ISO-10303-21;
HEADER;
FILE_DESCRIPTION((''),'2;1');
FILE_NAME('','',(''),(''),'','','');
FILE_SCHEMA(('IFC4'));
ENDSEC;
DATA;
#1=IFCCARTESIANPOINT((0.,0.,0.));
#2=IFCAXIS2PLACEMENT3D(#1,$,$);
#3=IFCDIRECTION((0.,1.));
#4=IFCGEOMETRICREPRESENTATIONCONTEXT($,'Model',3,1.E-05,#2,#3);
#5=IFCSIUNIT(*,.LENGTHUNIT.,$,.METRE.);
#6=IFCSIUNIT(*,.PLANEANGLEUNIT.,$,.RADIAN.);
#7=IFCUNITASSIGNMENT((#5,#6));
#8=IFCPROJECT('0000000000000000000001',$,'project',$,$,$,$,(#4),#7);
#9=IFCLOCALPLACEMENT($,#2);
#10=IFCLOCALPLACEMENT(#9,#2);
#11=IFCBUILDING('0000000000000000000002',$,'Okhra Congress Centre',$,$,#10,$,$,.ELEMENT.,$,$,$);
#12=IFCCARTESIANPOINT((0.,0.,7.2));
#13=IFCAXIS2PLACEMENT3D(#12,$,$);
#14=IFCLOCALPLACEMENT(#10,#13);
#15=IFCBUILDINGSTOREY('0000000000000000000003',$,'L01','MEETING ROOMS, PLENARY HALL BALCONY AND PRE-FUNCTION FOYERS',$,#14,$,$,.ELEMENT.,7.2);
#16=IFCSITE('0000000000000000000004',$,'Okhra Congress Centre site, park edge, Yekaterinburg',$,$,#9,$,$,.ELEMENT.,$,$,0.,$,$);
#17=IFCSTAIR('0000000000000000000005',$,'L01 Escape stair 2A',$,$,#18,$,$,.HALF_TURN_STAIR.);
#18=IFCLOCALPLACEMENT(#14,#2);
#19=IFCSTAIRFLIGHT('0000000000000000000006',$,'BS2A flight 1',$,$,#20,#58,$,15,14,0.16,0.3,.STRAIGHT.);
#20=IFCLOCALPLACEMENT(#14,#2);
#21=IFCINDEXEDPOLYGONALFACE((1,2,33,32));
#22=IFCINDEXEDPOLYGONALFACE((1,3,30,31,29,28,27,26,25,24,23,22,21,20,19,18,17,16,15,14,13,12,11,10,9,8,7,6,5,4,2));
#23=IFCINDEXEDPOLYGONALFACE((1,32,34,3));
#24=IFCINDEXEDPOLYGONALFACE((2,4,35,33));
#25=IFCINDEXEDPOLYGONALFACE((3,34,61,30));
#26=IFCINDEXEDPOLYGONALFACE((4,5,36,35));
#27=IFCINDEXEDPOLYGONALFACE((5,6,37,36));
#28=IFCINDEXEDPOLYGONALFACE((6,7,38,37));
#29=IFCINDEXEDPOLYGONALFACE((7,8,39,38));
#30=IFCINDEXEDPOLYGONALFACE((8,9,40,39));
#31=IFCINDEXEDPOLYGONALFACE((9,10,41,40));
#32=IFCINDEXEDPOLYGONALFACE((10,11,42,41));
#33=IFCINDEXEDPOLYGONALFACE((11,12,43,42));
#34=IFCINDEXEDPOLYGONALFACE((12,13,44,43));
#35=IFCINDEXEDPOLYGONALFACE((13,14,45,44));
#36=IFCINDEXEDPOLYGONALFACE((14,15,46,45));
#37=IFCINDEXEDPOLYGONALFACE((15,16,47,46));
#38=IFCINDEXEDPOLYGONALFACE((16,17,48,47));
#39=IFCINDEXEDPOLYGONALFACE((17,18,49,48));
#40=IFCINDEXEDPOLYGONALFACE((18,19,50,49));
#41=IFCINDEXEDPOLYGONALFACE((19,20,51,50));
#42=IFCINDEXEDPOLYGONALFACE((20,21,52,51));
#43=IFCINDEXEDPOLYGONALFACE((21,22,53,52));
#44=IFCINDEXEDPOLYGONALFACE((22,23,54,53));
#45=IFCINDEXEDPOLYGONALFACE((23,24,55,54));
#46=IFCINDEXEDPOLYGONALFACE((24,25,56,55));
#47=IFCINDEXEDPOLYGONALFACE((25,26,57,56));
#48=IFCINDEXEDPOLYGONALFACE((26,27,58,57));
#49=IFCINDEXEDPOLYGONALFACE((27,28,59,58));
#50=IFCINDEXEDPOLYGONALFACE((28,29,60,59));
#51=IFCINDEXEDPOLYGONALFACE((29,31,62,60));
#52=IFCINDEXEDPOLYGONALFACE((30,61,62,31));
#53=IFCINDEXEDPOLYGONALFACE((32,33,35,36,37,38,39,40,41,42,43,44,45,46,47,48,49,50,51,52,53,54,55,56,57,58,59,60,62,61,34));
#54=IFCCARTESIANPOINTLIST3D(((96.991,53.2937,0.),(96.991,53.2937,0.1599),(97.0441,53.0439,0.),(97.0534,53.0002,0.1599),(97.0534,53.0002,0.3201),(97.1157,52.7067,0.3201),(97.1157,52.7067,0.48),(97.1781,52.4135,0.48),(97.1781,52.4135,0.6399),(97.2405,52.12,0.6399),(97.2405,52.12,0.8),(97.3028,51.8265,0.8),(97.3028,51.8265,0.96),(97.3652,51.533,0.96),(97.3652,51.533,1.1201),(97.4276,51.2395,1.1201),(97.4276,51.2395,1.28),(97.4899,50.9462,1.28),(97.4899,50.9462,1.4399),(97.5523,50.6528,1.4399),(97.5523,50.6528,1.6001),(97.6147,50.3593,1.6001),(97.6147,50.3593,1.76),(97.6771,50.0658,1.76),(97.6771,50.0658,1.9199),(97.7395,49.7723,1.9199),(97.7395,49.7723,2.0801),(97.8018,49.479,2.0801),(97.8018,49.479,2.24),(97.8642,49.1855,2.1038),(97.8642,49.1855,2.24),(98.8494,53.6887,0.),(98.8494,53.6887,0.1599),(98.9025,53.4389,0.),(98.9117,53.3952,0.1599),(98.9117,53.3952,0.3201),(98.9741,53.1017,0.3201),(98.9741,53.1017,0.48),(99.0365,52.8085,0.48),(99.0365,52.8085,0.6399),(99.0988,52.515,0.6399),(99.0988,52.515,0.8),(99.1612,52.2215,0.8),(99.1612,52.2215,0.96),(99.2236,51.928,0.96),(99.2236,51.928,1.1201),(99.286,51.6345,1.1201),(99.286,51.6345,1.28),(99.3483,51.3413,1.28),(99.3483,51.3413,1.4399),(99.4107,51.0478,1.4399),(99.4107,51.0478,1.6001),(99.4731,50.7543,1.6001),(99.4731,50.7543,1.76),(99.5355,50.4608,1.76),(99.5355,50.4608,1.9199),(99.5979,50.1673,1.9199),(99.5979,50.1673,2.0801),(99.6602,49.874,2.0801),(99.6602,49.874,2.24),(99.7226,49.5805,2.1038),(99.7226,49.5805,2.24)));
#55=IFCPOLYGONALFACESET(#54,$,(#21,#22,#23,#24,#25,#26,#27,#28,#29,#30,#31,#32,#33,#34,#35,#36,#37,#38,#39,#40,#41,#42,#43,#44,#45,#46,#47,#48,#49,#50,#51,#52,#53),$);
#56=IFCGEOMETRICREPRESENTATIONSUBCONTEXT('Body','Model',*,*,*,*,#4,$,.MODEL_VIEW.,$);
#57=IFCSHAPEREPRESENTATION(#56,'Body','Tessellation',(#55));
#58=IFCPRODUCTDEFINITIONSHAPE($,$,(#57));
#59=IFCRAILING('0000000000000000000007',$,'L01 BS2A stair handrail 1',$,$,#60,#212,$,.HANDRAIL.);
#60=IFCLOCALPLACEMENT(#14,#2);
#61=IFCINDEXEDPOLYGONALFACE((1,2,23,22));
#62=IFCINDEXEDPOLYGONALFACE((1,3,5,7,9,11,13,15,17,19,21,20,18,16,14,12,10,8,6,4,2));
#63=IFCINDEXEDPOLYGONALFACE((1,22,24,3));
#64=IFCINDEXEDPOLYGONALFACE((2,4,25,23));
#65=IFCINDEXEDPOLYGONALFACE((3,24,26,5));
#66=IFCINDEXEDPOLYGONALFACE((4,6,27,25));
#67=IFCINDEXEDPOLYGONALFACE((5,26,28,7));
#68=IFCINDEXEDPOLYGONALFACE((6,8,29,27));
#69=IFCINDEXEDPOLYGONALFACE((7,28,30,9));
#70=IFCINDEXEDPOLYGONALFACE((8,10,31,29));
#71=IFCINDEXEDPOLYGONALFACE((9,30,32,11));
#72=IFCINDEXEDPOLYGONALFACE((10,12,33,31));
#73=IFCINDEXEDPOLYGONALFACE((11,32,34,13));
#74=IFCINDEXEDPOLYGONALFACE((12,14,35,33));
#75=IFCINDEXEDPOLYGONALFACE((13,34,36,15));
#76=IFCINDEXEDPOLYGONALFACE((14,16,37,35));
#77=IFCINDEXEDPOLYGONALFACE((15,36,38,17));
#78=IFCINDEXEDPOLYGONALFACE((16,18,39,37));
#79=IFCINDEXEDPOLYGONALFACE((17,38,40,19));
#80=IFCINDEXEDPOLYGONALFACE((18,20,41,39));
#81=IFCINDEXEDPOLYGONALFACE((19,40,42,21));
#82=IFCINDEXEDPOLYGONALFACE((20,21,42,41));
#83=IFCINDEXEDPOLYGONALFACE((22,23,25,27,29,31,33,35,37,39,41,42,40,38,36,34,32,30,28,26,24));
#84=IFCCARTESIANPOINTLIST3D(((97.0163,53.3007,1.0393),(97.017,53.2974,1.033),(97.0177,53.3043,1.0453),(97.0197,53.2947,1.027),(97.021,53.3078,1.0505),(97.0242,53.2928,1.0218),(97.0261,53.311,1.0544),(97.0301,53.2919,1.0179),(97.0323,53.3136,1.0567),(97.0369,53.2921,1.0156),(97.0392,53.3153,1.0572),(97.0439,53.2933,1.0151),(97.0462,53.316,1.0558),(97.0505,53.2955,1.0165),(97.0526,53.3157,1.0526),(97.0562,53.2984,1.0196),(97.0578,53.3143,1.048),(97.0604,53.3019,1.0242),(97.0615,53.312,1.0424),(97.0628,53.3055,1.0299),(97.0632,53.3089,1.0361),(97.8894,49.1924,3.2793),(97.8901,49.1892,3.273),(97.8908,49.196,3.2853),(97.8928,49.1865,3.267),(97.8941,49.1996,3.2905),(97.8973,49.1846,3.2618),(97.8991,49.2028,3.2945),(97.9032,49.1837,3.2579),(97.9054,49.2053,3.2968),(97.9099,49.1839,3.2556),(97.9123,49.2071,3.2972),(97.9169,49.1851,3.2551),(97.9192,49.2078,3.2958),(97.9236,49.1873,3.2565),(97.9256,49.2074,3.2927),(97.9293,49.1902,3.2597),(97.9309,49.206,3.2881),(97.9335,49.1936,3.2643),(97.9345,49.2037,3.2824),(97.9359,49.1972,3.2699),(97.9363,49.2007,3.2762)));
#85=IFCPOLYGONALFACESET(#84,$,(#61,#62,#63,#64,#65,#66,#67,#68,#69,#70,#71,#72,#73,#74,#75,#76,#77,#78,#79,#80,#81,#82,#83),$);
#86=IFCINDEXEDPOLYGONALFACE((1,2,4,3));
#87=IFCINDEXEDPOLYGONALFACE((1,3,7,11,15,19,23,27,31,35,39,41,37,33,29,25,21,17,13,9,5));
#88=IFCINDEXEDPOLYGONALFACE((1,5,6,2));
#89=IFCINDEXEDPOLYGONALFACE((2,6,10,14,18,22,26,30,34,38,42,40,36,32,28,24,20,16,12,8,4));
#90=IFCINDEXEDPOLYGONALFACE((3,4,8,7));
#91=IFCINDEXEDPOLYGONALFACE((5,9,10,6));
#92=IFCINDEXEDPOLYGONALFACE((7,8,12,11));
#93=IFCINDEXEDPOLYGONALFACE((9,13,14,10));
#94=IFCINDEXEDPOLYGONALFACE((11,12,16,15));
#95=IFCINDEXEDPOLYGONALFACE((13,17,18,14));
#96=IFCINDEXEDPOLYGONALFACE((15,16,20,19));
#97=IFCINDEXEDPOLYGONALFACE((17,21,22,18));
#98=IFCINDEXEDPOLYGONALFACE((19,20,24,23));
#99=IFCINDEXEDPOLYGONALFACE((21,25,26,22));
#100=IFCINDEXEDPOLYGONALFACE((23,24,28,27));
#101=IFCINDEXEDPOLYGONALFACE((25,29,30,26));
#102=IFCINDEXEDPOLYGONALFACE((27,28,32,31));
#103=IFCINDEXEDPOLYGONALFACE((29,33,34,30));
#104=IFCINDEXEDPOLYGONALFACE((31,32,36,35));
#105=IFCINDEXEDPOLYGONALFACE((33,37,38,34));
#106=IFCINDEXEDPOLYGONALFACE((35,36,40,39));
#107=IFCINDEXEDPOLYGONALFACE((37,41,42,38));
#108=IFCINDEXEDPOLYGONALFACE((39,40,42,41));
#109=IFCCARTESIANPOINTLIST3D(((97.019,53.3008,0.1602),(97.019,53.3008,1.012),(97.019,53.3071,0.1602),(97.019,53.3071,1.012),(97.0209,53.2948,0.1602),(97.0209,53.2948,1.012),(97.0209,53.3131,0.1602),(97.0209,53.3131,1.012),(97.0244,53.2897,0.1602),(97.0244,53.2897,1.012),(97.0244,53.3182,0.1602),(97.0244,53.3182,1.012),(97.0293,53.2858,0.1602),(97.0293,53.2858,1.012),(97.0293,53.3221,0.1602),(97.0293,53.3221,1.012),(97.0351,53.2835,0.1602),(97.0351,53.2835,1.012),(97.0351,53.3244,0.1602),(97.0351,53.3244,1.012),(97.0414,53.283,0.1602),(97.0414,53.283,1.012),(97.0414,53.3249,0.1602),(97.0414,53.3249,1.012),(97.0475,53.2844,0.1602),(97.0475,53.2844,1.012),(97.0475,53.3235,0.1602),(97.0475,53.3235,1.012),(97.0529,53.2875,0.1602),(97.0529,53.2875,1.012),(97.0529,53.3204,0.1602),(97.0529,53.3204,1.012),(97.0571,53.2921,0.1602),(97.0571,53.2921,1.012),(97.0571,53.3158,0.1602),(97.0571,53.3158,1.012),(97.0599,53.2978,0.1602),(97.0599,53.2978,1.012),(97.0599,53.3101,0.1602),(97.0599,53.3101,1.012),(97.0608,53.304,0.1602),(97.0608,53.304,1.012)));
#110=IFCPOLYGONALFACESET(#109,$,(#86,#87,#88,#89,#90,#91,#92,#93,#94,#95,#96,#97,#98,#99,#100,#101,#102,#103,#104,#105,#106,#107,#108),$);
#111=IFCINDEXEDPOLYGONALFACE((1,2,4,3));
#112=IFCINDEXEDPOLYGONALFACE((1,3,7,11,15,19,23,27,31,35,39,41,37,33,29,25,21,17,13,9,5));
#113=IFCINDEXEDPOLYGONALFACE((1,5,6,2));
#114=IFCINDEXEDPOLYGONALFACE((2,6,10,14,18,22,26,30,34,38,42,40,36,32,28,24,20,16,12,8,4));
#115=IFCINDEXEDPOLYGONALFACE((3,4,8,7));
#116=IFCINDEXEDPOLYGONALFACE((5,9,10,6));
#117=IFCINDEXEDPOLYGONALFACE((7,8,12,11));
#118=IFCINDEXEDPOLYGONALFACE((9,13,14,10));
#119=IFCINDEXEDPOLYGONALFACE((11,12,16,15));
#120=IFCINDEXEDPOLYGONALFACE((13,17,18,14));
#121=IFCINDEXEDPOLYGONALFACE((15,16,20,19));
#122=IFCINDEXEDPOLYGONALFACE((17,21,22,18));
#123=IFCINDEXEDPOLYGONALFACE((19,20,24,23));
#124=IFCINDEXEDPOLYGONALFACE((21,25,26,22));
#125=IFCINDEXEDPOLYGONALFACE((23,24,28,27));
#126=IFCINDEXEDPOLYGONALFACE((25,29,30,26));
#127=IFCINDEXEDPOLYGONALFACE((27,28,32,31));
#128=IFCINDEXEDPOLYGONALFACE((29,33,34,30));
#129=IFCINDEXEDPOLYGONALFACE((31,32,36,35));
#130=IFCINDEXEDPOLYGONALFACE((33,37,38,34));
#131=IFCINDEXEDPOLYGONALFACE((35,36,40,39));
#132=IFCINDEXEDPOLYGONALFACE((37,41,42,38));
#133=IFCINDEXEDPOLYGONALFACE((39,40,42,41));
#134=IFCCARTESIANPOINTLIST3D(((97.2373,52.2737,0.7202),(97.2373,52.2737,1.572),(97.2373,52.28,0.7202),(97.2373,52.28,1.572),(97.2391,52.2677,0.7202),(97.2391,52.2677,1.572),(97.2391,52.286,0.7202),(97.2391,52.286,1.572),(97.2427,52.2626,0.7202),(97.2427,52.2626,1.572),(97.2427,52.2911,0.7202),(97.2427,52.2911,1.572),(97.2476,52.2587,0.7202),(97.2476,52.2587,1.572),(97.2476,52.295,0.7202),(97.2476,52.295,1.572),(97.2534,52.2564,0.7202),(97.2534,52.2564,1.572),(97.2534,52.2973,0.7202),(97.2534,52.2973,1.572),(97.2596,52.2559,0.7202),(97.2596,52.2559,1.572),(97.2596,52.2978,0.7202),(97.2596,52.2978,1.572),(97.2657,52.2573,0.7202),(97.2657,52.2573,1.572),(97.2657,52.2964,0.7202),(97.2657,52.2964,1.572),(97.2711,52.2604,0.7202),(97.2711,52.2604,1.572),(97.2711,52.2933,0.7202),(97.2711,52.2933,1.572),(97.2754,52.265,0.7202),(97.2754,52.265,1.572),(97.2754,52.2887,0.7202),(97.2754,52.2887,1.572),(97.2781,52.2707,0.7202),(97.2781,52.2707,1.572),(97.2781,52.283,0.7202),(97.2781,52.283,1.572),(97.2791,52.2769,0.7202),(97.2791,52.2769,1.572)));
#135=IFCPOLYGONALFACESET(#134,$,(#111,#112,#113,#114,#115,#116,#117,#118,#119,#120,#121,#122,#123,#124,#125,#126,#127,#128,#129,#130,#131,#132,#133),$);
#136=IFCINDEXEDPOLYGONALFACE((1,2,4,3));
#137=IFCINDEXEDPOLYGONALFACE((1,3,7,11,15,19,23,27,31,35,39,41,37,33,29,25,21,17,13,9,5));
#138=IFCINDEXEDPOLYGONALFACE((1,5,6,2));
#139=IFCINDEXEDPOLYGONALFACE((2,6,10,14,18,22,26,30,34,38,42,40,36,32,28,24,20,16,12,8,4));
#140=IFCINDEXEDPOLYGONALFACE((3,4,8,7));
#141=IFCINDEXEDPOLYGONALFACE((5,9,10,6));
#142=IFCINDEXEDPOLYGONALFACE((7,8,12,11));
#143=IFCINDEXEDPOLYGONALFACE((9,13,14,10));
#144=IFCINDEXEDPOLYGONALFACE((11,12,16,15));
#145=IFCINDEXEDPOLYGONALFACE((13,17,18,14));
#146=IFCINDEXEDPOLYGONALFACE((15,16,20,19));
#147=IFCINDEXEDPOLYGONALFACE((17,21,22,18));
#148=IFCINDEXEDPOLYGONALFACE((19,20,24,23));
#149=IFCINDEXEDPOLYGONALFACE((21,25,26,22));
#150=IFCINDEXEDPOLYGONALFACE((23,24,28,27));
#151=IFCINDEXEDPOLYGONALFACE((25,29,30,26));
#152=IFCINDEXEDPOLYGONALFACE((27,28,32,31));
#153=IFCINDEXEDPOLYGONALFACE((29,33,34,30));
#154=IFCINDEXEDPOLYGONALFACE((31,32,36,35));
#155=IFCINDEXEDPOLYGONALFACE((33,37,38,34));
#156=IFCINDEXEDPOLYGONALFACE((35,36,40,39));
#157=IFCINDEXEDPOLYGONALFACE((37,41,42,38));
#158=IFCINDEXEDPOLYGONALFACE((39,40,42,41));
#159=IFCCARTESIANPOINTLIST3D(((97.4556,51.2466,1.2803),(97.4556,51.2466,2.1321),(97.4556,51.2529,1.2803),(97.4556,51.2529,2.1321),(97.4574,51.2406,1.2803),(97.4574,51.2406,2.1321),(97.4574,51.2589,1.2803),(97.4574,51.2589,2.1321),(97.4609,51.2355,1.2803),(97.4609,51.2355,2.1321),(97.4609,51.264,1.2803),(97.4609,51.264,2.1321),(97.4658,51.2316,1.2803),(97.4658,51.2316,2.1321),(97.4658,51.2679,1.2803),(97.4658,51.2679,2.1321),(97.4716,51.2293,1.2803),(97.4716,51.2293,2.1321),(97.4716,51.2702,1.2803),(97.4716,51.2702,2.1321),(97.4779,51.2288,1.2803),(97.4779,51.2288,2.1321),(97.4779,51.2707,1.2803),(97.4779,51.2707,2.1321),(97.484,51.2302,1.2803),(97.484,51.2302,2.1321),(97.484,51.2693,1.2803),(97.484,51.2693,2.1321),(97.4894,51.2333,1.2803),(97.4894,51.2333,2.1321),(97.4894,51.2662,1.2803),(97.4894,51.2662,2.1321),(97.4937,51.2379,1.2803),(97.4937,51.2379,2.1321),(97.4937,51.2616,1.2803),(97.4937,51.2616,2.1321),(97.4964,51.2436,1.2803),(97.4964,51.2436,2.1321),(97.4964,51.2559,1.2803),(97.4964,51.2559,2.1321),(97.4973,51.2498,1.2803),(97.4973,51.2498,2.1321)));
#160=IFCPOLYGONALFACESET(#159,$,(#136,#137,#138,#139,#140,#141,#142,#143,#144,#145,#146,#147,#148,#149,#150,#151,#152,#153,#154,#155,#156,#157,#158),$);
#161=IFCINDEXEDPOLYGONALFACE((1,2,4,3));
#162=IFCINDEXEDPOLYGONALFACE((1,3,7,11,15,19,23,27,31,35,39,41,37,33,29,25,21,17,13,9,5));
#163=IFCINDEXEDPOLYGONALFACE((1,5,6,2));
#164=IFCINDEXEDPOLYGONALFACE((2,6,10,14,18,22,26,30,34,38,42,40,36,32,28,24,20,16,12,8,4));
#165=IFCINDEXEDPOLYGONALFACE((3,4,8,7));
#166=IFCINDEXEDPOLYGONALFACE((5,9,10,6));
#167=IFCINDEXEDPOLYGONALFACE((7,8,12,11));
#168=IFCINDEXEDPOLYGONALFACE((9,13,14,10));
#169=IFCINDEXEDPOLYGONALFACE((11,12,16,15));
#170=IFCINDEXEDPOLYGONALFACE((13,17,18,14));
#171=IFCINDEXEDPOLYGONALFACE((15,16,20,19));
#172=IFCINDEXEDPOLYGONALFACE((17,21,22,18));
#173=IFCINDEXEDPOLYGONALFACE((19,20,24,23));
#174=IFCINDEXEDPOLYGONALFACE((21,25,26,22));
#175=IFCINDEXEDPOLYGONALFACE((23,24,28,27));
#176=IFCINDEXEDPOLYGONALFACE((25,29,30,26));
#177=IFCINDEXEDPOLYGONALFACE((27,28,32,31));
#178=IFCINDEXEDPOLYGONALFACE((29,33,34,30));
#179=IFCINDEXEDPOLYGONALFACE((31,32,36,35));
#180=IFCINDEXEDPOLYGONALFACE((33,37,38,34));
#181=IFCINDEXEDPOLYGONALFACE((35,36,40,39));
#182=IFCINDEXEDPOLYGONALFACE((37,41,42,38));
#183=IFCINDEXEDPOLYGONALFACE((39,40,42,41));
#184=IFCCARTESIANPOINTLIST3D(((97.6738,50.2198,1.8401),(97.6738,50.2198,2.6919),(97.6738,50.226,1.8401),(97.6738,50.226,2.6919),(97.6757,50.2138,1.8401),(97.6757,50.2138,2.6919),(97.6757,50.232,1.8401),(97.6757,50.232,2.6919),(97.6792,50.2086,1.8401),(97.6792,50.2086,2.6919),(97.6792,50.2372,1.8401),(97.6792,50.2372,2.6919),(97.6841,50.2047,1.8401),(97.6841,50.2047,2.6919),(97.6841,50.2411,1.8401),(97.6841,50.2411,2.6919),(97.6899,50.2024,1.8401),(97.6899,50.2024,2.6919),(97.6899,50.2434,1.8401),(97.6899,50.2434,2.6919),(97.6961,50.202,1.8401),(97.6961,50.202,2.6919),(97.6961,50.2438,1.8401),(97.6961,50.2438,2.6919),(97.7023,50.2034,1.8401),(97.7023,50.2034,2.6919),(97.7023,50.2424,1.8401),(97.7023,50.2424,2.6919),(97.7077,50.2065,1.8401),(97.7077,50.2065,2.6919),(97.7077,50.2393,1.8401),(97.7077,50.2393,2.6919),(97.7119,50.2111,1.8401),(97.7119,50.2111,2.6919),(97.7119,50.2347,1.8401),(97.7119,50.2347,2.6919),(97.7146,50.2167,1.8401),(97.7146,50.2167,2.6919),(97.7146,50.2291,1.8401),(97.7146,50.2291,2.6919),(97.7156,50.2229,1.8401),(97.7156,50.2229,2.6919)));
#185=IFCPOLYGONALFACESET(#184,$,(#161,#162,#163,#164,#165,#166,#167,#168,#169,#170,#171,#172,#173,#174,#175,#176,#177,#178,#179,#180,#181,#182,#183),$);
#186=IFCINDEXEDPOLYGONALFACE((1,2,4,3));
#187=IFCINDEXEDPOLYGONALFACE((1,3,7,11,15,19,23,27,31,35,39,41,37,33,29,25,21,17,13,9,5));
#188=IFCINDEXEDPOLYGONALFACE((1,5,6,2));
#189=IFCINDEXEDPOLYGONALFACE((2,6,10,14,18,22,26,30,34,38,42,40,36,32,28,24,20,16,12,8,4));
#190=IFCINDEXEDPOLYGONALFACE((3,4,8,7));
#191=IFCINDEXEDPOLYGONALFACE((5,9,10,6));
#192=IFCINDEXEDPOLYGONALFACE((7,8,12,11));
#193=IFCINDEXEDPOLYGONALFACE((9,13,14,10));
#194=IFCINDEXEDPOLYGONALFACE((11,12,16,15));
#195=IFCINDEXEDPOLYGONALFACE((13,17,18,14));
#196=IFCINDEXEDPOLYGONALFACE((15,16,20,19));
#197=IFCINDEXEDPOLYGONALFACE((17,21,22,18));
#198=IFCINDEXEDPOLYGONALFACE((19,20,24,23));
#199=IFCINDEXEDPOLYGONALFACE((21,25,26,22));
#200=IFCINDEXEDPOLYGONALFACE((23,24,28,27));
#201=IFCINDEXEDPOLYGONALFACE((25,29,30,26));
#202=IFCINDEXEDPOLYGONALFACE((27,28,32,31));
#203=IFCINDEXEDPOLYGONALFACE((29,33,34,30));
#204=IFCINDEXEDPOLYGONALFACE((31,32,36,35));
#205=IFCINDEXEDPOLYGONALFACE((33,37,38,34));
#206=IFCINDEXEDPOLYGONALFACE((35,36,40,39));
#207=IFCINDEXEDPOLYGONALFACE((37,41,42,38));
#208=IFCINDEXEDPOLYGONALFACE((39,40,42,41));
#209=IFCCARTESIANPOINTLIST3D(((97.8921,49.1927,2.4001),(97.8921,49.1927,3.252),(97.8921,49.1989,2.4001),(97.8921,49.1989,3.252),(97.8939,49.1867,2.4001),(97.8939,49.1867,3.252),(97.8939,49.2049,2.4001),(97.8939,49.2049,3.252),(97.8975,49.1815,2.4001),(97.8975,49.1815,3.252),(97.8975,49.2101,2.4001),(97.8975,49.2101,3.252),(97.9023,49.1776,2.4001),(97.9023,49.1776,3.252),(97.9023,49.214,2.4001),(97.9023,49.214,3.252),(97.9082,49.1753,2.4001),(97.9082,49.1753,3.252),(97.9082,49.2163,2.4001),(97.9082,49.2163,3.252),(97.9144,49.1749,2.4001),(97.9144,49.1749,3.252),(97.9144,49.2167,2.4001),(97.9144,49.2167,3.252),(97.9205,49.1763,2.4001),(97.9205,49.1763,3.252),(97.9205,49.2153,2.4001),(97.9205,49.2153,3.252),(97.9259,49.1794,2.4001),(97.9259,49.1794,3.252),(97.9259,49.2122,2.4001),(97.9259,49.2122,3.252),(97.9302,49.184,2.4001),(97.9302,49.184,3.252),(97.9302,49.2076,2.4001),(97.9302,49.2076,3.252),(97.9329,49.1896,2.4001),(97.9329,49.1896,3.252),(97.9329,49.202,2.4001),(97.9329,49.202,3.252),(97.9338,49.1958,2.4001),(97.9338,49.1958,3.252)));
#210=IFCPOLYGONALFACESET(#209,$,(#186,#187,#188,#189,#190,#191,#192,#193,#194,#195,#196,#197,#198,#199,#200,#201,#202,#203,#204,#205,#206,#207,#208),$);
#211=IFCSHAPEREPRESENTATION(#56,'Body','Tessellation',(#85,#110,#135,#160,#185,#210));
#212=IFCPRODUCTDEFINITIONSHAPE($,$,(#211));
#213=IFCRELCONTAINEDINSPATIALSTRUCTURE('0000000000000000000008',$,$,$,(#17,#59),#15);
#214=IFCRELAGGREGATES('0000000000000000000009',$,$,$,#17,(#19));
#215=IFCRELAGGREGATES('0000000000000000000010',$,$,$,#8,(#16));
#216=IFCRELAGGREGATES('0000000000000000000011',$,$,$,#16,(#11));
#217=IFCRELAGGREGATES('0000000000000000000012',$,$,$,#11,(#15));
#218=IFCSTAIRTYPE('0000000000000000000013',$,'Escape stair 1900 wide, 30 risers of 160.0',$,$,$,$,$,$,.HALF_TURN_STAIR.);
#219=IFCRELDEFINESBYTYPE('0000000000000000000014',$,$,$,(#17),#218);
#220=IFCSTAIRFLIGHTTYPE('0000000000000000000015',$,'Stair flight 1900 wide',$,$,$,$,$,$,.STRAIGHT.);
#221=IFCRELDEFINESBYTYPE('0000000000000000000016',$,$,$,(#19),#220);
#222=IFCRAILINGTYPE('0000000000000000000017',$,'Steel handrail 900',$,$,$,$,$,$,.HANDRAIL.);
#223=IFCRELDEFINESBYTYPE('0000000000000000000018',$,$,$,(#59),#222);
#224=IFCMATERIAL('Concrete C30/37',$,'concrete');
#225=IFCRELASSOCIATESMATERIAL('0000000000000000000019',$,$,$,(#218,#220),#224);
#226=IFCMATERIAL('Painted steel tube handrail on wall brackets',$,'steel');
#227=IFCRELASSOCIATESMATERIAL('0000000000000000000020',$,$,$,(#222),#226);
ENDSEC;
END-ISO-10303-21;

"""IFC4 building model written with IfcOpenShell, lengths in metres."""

from ifc_helpers import new_model, si_unit, direction, frame, origin, origin_2d, place, context, subcontext, project, spatial, polyline, circle, outline, extrude, material, type_object, element, aggregate, save


model = new_model("IFC4")

# Units and contexts
model_context = context("Model", 3, precision=1e-05, world=origin(), true_north=direction((0.0, 1.0)))
body_context = subcontext(model_context, "Body", "Model", "MODEL_VIEW")
ifc_project = project(units=[si_unit("LENGTHUNIT", "METRE"), si_unit("PLANEANGLEUNIT", "RADIAN")], contexts=[model_context])

# Site, building, storey
site_placement = place(None, origin())
site = spatial("IfcSite", under=ifc_project, at=site_placement, Name="Okhra Congress Centre site, park edge, Yekaterinburg", CompositionType="ELEMENT", RefElevation=0.0)
building_placement = place(site_placement, origin())
building = spatial("IfcBuilding", under=site, at=building_placement, Name="Okhra Congress Centre", CompositionType="ELEMENT")
storey_placement = place(building_placement, frame((0.0, 0.0, 7.2)))
storey = spatial("IfcBuildingStorey", under=building, at=storey_placement, Name="L01", Description="MEETING ROOMS, PLENARY HALL BALCONY AND PRE-FUNCTION FOYERS", CompositionType="ELEMENT", Elevation=7.2)

# Shared definitions
ifc_material_1 = material(Name="Concrete C30/37", Category="concrete")

# Stair, stair flight
stair_type = type_object("IfcStairType", Name="Escape stair 1900 wide, 30 risers of 160.0", PredefinedType="HALF_TURN_STAIR", material=ifc_material_1)
stair_placement = place(storey_placement, origin())
stair = element("IfcStair", 1, at=stair_placement, inside=storey, type_object=stair_type, Name="L01 Escape stair 2A", PredefinedType="HALF_TURN_STAIR")
stair_flight_type = type_object("IfcStairFlightType", Name="Stair flight 1900 wide", PredefinedType="STRAIGHT", material=ifc_material_1)
stair_flight_placement = place(storey_placement, frame((97.9202, 53.4912, 0.0), z_axis=(0.0, 0.0, 1.0), x_axis=(0.207912, -0.978148, 0.0)))
stair_flight = element("IfcStairFlight", 2, at=stair_flight_placement, type_object=stair_flight_type, Name="BS2A flight 1", NumberOfRisers=15, NumberOfTreads=14, PredefinedType="STRAIGHT", RiserHeight=0.16, TreadLength=0.3, context=body_context, shape_type="SweptSolid", body=[
    extrude(outline(polyline([(0.0, 0.0), (0.0, 0.1599), (0.3, 0.1599), (0.3, 0.3201), (0.6001, 0.3201), (0.6001, 0.48), (0.8999, 0.48), (0.8999, 0.6399), (1.2, 0.6399), (1.2, 0.8), (1.5, 0.8), (1.5, 0.96), (1.8, 0.96), (1.8, 1.1201), (2.1001, 1.1201), (2.1001, 1.28), (2.3999, 1.28), (2.3999, 1.4399), (2.7, 1.4399), (2.7, 1.6001), (3.0, 1.6001), (3.0, 1.76), (3.3, 1.76), (3.3, 1.9199), (3.6001, 1.9199), (3.6001, 2.0801), (3.8999, 2.0801), (3.8999, 2.24), (4.2, 2.24), (4.2, 2.3999), (4.2, 2.1038), (0.2554, 0.0), (0.0, 0.0)])), frame((0.0, 0.95, 0.0), z_axis=(0.0, -1.0, 0.0), x_axis=(1.0, 0.0, 0.0)), (0.0, 0.0, 1.0), 1.8999),
])
aggregate(stair, [stair_flight])

# Railing
ifc_material_2 = material(Name="Painted steel tube handrail on wall brackets", Category="steel")
railing_type_1 = type_object("IfcRailingType", Name="Steel handrail 900", PredefinedType="HANDRAIL", material=ifc_material_2)
railing_1_placement = place(storey_placement, frame((97.0398, 53.304, 0.1602)))
element("IfcRailing", 3, at=railing_1_placement, inside=storey, type_object=railing_type_1, Name="L01 BS2A stair handrail 1", PredefinedType="HANDRAIL", context=body_context, shape_type="SweptSolid", body=[
    extrude(circle(Radius=0.0239, at=origin_2d()), frame((0.0, 0.0, 0.876), z_axis=(0.183417, -0.863075, 0.470596), x_axis=(0.978156, 0.207873, 0.0)), (0.0, 0.0, 1.0), 4.76),
    extrude(circle(Radius=0.021, at=origin_2d()), origin(), (0.0, 0.0, 1.0), 0.8518),
    extrude(circle(Radius=0.021, at=origin_2d()), frame((0.2183, -1.0271, 0.5601)), (0.0, 0.0, 1.0), 0.8518),
    extrude(circle(Radius=0.021, at=origin_2d()), frame((0.4365, -2.0542, 1.1201)), (0.0, 0.0, 1.0), 0.8518),
    extrude(circle(Radius=0.021, at=origin_2d()), frame((0.6548, -3.0811, 1.6799)), (0.0, 0.0, 1.0), 0.8518),
    extrude(circle(Radius=0.021, at=origin_2d()), frame((0.873, -4.1082, 2.24)), (0.0, 0.0, 1.0), 0.8518),
])

save(model, "model.ifc")
